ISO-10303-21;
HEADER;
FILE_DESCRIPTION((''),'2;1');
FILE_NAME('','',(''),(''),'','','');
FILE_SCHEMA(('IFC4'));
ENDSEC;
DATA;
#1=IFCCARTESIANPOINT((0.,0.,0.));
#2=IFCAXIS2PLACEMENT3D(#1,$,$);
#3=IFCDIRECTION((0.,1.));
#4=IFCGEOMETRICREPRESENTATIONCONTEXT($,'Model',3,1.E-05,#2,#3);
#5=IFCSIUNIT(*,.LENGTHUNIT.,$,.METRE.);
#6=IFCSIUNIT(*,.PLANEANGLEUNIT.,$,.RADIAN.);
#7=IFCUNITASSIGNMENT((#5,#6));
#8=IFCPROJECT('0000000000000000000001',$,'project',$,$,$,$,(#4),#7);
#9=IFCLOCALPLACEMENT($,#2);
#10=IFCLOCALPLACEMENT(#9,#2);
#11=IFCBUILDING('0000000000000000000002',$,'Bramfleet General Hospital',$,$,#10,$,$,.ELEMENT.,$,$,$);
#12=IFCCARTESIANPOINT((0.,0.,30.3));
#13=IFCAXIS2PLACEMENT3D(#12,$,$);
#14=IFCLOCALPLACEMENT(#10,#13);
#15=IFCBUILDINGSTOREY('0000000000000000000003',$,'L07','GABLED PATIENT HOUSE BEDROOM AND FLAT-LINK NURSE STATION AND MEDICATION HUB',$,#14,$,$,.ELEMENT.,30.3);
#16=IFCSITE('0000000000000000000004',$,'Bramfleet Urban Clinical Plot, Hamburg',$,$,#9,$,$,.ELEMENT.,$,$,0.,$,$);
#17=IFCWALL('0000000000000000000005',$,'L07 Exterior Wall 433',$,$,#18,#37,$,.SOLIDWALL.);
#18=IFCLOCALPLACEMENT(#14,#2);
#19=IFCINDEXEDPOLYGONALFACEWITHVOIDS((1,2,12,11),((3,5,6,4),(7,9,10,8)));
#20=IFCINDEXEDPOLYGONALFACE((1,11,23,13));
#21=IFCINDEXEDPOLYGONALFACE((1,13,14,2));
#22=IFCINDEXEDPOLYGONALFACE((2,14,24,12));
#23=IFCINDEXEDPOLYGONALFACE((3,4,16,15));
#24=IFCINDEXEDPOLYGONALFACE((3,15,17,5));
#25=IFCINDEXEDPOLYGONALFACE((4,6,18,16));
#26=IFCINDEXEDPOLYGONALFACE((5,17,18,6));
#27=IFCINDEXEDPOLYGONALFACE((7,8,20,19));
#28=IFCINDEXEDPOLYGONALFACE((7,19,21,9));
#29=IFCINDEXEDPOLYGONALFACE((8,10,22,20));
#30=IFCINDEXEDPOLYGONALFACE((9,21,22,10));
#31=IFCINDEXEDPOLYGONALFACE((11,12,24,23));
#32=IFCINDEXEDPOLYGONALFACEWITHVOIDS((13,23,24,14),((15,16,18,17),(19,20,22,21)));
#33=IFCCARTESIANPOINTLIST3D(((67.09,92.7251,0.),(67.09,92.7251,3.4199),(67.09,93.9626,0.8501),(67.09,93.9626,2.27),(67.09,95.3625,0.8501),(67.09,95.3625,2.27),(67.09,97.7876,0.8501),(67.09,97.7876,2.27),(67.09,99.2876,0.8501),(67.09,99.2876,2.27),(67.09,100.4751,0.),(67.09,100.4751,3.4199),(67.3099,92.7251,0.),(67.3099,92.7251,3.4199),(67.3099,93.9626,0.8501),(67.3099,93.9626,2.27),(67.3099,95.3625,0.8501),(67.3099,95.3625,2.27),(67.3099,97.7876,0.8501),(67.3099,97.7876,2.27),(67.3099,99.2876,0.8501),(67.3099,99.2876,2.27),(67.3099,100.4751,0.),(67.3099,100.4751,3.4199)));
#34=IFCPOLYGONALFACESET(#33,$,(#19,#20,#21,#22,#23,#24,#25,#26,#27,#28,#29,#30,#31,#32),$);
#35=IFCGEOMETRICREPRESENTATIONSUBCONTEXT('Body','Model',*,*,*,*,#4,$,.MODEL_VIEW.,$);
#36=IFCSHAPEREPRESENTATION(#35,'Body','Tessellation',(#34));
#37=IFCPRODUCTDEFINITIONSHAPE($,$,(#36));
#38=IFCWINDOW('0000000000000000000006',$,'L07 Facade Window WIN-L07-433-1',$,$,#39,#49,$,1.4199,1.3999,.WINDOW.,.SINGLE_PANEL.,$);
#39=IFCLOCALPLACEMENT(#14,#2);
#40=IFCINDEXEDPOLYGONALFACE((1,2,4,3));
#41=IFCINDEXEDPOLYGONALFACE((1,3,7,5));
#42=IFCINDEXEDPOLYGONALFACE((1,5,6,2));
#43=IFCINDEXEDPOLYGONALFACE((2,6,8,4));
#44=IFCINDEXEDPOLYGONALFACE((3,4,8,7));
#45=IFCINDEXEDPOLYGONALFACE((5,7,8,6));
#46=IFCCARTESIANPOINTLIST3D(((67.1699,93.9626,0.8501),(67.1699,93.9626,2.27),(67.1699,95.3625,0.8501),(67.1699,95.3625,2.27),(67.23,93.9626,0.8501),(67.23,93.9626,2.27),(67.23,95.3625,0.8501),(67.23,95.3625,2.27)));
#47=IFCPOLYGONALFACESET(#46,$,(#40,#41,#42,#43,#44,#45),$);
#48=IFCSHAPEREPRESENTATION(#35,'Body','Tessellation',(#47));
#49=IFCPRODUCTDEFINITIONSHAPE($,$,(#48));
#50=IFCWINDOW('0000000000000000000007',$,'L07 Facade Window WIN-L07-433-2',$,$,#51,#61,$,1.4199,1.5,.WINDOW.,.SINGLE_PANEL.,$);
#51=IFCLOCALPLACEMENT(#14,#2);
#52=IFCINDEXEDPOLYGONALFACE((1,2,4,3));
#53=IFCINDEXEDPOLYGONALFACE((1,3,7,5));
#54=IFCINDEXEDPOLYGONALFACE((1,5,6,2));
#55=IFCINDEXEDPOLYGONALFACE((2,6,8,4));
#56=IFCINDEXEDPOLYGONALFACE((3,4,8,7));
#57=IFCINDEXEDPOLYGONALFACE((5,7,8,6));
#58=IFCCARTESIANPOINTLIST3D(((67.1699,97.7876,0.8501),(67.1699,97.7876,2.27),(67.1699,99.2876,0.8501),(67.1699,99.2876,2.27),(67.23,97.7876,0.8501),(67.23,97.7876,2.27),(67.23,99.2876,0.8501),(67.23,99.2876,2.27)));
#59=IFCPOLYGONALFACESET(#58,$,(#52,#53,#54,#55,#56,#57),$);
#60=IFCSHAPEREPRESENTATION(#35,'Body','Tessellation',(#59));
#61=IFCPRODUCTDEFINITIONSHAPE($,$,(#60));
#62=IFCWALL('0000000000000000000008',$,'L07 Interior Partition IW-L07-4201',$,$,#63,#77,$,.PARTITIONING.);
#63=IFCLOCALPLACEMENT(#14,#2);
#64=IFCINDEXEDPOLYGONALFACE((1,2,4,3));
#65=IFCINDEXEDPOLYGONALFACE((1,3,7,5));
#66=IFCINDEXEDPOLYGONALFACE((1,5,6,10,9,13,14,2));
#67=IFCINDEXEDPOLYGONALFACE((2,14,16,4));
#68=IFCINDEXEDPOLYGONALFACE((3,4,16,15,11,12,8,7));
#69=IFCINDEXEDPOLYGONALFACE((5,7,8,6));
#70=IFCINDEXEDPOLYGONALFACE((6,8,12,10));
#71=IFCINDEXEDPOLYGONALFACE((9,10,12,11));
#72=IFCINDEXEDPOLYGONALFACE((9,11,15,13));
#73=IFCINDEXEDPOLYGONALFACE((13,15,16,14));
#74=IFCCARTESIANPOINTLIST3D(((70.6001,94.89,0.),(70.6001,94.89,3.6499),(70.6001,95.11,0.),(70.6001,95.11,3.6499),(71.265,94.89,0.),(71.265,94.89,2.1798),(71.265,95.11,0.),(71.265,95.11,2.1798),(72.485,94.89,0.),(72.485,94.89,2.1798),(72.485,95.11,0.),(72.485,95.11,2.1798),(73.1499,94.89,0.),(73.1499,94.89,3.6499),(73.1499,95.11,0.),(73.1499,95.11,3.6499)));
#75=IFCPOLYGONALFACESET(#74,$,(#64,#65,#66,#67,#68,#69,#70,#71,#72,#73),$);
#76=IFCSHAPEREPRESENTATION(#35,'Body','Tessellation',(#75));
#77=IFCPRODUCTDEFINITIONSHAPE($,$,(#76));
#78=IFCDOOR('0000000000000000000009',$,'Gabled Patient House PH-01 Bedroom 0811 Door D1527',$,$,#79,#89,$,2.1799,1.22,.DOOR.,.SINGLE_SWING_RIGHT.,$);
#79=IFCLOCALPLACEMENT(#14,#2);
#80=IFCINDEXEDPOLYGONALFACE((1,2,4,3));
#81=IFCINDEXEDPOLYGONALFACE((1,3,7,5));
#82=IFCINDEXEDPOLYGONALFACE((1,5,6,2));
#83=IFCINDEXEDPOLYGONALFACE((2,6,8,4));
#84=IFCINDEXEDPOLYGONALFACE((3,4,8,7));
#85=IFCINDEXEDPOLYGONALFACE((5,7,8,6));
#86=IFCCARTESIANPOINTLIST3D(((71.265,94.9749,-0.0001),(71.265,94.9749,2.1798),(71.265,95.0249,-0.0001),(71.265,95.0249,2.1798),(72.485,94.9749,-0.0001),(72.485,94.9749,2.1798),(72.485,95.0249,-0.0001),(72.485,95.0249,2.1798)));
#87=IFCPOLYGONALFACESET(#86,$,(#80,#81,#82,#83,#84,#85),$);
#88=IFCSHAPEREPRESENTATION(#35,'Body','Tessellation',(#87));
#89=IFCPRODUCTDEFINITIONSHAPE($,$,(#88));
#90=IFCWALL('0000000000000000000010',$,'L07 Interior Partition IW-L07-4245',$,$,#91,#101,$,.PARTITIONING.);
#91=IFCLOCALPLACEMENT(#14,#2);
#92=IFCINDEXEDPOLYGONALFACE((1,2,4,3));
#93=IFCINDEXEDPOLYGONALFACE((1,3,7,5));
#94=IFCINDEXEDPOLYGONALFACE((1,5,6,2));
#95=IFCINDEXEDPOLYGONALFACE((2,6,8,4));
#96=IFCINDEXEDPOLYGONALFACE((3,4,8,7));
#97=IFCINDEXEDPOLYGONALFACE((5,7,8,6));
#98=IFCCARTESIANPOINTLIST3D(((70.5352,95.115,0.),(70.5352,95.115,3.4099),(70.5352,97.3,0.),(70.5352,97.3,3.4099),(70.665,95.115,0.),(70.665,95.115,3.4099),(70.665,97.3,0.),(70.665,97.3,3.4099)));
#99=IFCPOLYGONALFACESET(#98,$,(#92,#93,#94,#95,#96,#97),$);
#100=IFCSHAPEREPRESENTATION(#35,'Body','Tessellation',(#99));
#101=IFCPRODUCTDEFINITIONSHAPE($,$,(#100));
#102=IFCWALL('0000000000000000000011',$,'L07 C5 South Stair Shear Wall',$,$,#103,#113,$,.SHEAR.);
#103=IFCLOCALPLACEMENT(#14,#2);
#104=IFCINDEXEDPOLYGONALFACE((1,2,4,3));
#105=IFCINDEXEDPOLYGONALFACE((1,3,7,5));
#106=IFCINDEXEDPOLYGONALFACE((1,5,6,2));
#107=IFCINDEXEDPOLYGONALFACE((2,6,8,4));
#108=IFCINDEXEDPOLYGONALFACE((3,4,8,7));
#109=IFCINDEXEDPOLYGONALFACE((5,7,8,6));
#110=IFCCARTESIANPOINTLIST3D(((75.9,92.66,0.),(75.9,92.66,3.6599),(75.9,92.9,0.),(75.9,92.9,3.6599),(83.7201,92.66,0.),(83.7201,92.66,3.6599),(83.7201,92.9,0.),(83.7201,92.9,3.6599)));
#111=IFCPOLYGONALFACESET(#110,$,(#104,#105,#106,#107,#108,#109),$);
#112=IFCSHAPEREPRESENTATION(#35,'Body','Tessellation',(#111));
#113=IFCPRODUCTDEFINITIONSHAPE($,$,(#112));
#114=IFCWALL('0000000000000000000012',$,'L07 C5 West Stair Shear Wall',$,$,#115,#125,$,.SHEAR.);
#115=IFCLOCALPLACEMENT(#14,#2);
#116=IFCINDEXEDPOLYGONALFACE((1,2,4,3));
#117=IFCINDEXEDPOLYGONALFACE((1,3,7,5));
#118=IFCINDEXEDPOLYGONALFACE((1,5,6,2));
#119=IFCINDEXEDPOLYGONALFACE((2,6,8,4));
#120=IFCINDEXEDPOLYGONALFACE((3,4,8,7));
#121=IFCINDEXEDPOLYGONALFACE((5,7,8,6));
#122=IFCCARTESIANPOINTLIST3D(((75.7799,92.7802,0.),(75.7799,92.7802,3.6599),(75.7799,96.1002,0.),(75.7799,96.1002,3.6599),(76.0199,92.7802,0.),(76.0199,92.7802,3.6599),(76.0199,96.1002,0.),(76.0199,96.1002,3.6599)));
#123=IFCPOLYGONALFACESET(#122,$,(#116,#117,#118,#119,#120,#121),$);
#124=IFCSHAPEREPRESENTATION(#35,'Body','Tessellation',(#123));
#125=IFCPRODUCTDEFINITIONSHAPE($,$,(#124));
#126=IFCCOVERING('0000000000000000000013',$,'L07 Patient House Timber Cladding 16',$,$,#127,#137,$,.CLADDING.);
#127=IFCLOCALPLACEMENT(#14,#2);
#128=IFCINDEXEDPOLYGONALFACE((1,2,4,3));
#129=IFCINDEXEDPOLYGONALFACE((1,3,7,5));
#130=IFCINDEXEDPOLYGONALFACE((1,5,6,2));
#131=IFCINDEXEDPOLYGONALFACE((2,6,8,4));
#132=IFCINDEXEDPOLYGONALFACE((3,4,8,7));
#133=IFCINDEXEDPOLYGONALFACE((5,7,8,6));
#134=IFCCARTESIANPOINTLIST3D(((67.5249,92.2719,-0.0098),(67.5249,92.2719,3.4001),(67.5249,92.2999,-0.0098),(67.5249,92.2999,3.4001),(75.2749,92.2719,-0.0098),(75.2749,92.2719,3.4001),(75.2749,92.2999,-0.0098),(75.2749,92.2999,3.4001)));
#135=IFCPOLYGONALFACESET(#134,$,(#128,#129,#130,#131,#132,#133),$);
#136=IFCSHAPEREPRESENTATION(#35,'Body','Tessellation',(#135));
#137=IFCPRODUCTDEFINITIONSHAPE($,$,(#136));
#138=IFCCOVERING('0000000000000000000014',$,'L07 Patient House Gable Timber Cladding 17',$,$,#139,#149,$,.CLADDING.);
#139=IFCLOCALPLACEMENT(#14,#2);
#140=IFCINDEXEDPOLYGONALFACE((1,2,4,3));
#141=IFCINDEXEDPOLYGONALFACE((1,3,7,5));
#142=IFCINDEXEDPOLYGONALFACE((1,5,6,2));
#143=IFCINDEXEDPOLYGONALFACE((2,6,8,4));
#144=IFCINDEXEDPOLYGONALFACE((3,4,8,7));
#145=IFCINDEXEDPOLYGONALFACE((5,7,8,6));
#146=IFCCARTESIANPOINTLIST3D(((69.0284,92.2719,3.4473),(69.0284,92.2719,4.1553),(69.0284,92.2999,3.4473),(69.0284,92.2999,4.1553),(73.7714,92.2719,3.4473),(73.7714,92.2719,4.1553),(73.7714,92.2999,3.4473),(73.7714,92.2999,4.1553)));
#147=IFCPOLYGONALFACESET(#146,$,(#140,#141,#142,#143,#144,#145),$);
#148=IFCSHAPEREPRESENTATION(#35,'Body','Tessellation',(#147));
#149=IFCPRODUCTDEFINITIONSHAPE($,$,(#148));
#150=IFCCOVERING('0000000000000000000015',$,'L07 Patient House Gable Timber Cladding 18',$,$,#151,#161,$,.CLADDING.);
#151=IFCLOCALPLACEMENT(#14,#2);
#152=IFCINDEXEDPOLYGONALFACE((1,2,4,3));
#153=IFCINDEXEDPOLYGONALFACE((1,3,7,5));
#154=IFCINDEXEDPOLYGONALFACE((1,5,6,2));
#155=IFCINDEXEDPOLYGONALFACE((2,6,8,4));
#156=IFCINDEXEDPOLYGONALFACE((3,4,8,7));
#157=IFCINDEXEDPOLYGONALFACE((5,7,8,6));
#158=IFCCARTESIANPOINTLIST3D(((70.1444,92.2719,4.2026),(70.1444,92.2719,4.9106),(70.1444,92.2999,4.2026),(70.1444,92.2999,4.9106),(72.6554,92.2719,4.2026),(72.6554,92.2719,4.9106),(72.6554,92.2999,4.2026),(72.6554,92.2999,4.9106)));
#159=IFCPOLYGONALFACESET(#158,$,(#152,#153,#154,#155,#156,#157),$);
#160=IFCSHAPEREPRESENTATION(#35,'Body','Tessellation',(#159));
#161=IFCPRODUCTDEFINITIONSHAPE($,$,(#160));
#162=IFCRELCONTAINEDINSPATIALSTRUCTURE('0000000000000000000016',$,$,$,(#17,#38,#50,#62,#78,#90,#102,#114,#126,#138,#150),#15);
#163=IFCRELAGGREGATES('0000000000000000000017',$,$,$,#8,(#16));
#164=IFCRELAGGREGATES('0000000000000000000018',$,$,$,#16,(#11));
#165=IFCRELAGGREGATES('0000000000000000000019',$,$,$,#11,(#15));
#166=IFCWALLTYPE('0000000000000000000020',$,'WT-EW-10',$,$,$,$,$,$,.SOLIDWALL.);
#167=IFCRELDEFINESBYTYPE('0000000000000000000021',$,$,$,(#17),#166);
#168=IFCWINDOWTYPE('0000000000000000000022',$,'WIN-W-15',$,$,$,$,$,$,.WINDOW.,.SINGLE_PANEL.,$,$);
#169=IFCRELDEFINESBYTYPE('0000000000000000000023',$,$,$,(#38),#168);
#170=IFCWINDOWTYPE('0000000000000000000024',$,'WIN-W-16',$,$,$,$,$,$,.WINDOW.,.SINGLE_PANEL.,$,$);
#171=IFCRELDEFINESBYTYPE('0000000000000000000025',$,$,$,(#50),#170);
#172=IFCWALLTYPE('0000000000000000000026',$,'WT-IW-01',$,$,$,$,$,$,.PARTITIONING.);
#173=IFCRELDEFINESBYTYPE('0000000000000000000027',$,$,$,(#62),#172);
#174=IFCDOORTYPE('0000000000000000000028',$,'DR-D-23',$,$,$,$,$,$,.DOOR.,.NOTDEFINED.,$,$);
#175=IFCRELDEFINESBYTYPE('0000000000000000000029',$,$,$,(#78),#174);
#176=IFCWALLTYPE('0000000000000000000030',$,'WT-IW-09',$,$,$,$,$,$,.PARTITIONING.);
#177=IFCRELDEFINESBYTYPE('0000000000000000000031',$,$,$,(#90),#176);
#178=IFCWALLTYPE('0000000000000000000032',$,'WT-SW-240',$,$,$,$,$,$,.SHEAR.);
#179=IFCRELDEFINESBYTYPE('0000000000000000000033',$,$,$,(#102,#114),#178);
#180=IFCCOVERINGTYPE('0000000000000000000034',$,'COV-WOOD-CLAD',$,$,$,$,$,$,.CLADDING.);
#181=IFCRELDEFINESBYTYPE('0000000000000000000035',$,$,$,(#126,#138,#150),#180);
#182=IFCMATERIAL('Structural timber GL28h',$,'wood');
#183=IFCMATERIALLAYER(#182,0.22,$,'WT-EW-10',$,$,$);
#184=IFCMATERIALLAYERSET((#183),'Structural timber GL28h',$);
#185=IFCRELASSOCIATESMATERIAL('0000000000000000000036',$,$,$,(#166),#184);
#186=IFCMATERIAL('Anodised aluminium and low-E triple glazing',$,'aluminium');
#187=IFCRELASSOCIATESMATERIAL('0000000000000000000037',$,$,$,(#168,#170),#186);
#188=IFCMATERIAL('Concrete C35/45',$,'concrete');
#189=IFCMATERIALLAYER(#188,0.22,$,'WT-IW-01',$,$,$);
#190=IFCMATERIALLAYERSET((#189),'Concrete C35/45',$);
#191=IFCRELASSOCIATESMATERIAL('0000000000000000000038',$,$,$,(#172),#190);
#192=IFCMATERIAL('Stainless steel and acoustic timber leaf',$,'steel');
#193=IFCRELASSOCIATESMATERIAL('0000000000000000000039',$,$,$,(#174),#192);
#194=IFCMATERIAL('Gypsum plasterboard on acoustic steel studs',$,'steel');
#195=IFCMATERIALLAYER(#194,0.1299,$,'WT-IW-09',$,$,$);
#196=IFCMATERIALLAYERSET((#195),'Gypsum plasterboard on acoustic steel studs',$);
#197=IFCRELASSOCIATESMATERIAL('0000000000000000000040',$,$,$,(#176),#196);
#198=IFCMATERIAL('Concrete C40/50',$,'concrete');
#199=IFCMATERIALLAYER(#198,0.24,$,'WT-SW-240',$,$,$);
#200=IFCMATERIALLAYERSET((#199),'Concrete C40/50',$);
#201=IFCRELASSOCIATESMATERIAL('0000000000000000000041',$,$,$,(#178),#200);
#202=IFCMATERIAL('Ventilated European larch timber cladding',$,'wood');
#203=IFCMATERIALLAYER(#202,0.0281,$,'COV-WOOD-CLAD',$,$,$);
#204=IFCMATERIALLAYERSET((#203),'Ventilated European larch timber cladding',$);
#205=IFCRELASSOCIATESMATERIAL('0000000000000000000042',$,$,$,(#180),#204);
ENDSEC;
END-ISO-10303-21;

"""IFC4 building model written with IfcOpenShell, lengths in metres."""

from ifc_helpers import new_model, si_unit, direction, frame, frame_2d, origin, origin_2d, place, context, subcontext, project, spatial, rectangle, extrude, material, layer, layer_set, type_object, element, fill, save


model = new_model("IFC4")

# Units and contexts
model_context = context("Model", 3, precision=1e-05, world=origin(), true_north=direction((0.0, 1.0)))
body_context = subcontext(model_context, "Body", "Model", "MODEL_VIEW")
ifc_project = project(units=[si_unit("LENGTHUNIT", "METRE"), si_unit("PLANEANGLEUNIT", "RADIAN")], contexts=[model_context])

# Site, building, storey
site_placement = place(None, origin())
site = spatial("IfcSite", under=ifc_project, at=site_placement, Name="Bramfleet Urban Clinical Plot, Hamburg", CompositionType="ELEMENT", RefElevation=0.0)
building_placement = place(site_placement, origin())
building = spatial("IfcBuilding", under=site, at=building_placement, Name="Bramfleet General Hospital", CompositionType="ELEMENT")
storey_placement = place(building_placement, frame((0.0, 0.0, 30.3)))
storey = spatial("IfcBuildingStorey", under=building, at=storey_placement, Name="L07", Description="GABLED PATIENT HOUSE BEDROOM AND FLAT-LINK NURSE STATION AND MEDICATION HUB", CompositionType="ELEMENT", Elevation=30.3)

# Shared definitions
ifc_material_1 = material(Name="Concrete C40/50", Category="concrete")

# Shared definitions
ifc_material_2 = material(Name="Anodised aluminium and low-E triple glazing", Category="aluminium")

# Wall, openings, windows
ifc_material_3 = material(Name="Structural timber GL28h", Category="wood")
ifc_layer_1 = layer(ifc_material_3, 0.22, Name="WT-EW-10")
ifc_layer_set_1 = layer_set([ifc_layer_1], Name="Structural timber GL28h")
wall_type_1 = type_object("IfcWallType", Name="WT-EW-10", PredefinedType="SOLIDWALL", material=ifc_layer_set_1)
wall_1_placement = place(storey_placement, frame((67.2, 92.7251, 0.0), z_axis=(0.0, 0.0, 1.0), x_axis=(0.0, 1.0, 0.0)))
wall_1 = element("IfcWall", 1, at=wall_1_placement, inside=storey, type_object=wall_type_1, Name="L07 Exterior Wall 433", PredefinedType="SOLIDWALL", context=body_context, shape_type="SweptSolid", body=[
    extrude(rectangle(XDim=7.75, YDim=0.22, at=frame_2d((3.875, 0.0))), origin(), (0.0, 0.0, 1.0), 3.4199),
])
opening_1_placement = place(wall_1_placement, frame((1.2375, 0.0, 0.8501)))
opening_1 = element("IfcOpeningElement", 2, at=opening_1_placement, cuts=wall_1, PredefinedType="OPENING", context=body_context, shape_type="SweptSolid", body=[
    extrude(rectangle(XDim=1.3999, YDim=1.4199, at=frame_2d((0.7, 0.71))), frame((0.0, 0.1199, 0.0), z_axis=(0.0, -1.0, 0.0), x_axis=(1.0, 0.0, 0.0)), (0.0, 0.0, 1.0), 0.24),
])
opening_2_placement = place(wall_1_placement, frame((5.0625, 0.0, 0.8501)))
opening_2 = element("IfcOpeningElement", 3, at=opening_2_placement, cuts=wall_1, PredefinedType="OPENING", context=body_context, shape_type="SweptSolid", body=[
    extrude(rectangle(XDim=1.5, YDim=1.4199, at=frame_2d((0.75, 0.71))), frame((0.0, 0.1199, 0.0), z_axis=(0.0, -1.0, 0.0), x_axis=(1.0, 0.0, 0.0)), (0.0, 0.0, 1.0), 0.24),
])
window_type_1 = type_object("IfcWindowType", Name="WIN-W-15", PartitioningType="SINGLE_PANEL", PredefinedType="WINDOW", material=ifc_material_2)
window_1_placement = place(opening_1_placement, origin())
window_1 = element("IfcWindow", 4, at=window_1_placement, inside=storey, type_object=window_type_1, Name="L07 Facade Window WIN-L07-433-1", OverallHeight=1.4199, OverallWidth=1.3999, PartitioningType="SINGLE_PANEL", PredefinedType="WINDOW", context=body_context, shape_type="SweptSolid", body=[
    extrude(rectangle(XDim=1.3999, YDim=1.4199, at=frame_2d((0.7, 0.71))), frame((0.0, 0.03, 0.0), z_axis=(0.0, -1.0, 0.0), x_axis=(1.0, 0.0, 0.0)), (0.0, 0.0, 1.0), 0.0601),
])
fill(opening_1, window_1)
window_type_2 = type_object("IfcWindowType", Name="WIN-W-16", PartitioningType="SINGLE_PANEL", PredefinedType="WINDOW", material=ifc_material_2)
window_2_placement = place(opening_2_placement, origin())
window_2 = element("IfcWindow", 5, at=window_2_placement, inside=storey, type_object=window_type_2, Name="L07 Facade Window WIN-L07-433-2", OverallHeight=1.4199, OverallWidth=1.5, PartitioningType="SINGLE_PANEL", PredefinedType="WINDOW", context=body_context, shape_type="SweptSolid", body=[
    extrude(rectangle(XDim=1.5, YDim=1.4199, at=frame_2d((0.75, 0.71))), frame((0.0, 0.03, 0.0), z_axis=(0.0, -1.0, 0.0), x_axis=(1.0, 0.0, 0.0)), (0.0, 0.0, 1.0), 0.0601),
])
fill(opening_2, window_2)

# Wall, opening, door
ifc_material_4 = material(Name="Concrete C35/45", Category="concrete")
ifc_layer_2 = layer(ifc_material_4, 0.22, Name="WT-IW-01")
ifc_layer_set_2 = layer_set([ifc_layer_2], Name="Concrete C35/45")
wall_type_2 = type_object("IfcWallType", Name="WT-IW-01", PredefinedType="PARTITIONING", material=ifc_layer_set_2)
wall_2_placement = place(storey_placement, frame((70.6001, 95.0, 0.0), z_axis=(0.0, 0.0, 1.0), x_axis=(1.0, 0.0, 0.0)))
wall_2 = element("IfcWall", 6, at=wall_2_placement, inside=storey, type_object=wall_type_2, Name="L07 Interior Partition IW-L07-4201", PredefinedType="PARTITIONING", context=body_context, shape_type="SweptSolid", body=[
    extrude(rectangle(XDim=2.5498, YDim=0.22, at=frame_2d((1.2749, 0.0))), origin(), (0.0, 0.0, 1.0), 3.6499),
])
opening_3_placement = place(wall_2_placement, frame((0.665, 0.0, 0.0)))
opening_3 = element("IfcOpeningElement", 7, at=opening_3_placement, cuts=wall_2, PredefinedType="OPENING", context=body_context, shape_type="SweptSolid", body=[
    extrude(rectangle(XDim=1.22, YDim=2.1799, at=frame_2d((0.6099, 1.0898))), frame((0.0, 0.1199, 0.0), z_axis=(0.0, -1.0, 0.0), x_axis=(1.0, 0.0, 0.0)), (0.0, 0.0, 1.0), 0.24),
])
ifc_material_5 = material(Name="Stainless steel and acoustic timber leaf", Category="steel")
door_type = type_object("IfcDoorType", Name="DR-D-23", OperationType="NOTDEFINED", PredefinedType="DOOR", material=ifc_material_5)
door_placement = place(opening_3_placement, origin())
door = element("IfcDoor", 8, at=door_placement, inside=storey, type_object=door_type, Name="Gabled Patient House PH-01 Bedroom 0811 Door D1527", OperationType="SINGLE_SWING_RIGHT", OverallHeight=2.1799, OverallWidth=1.22, PredefinedType="DOOR", context=body_context, shape_type="SweptSolid", body=[
    extrude(rectangle(XDim=1.22, YDim=2.1799, at=frame_2d((0.6099, 1.0898))), frame((0.0, 0.0249, 0.0), z_axis=(0.0, -1.0, 0.0), x_axis=(1.0, 0.0, 0.0)), (0.0, 0.0, 1.0), 0.05),
])
fill(opening_3, door)

# Walls
ifc_material_6 = material(Name="Gypsum plasterboard on acoustic steel studs", Category="steel")
ifc_layer_3 = layer(ifc_material_6, 0.1299, Name="WT-IW-09")
ifc_layer_set_3 = layer_set([ifc_layer_3], Name="Gypsum plasterboard on acoustic steel studs")
wall_type_3 = type_object("IfcWallType", Name="WT-IW-09", PredefinedType="PARTITIONING", material=ifc_layer_set_3)
wall_3_placement = place(storey_placement, frame((70.6001, 95.115, 0.0), z_axis=(0.0, 0.0, 1.0), x_axis=(0.0, 1.0, 0.0)))
element("IfcWall", 9, at=wall_3_placement, inside=storey, type_object=wall_type_3, Name="L07 Interior Partition IW-L07-4245", PredefinedType="PARTITIONING", context=body_context, shape_type="SweptSolid", body=[
    extrude(rectangle(XDim=2.1851, YDim=0.1299, at=frame_2d((1.0925, 0.0))), origin(), (0.0, 0.0, 1.0), 3.4099),
])
ifc_layer_4 = layer(ifc_material_1, 0.24, Name="WT-SW-240")
ifc_layer_set_4 = layer_set([ifc_layer_4], Name="Concrete C40/50")
wall_type_4 = type_object("IfcWallType", Name="WT-SW-240", PredefinedType="SHEAR", material=ifc_layer_set_4)
wall_4_placement = place(storey_placement, frame((75.8999, 92.78, 0.0), z_axis=(0.0, 0.0, 1.0), x_axis=(1.0, 0.0, 0.0)))
element("IfcWall", 10, at=wall_4_placement, inside=storey, type_object=wall_type_4, Name="L07 C5 South Stair Shear Wall", PredefinedType="SHEAR", context=body_context, shape_type="SweptSolid", body=[
    extrude(rectangle(XDim=7.8201, YDim=0.24, at=frame_2d((3.9102, 0.0))), origin(), (0.0, 0.0, 1.0), 3.6599),
])
wall_5_placement = place(storey_placement, frame((75.8999, 92.78, 0.0), z_axis=(0.0, 0.0, 1.0), x_axis=(0.0, 1.0, 0.0)))
element("IfcWall", 11, at=wall_5_placement, inside=storey, type_object=wall_type_4, Name="L07 C5 West Stair Shear Wall", PredefinedType="SHEAR", context=body_context, shape_type="SweptSolid", body=[
    extrude(rectangle(XDim=3.3201, YDim=0.24, at=frame_2d((1.6602, 0.0))), origin(), (0.0, 0.0, 1.0), 3.6599),
])

# Coverings
ifc_material_7 = material(Name="Ventilated European larch timber cladding", Category="wood")
ifc_layer_5 = layer(ifc_material_7, 0.0281, Name="COV-WOOD-CLAD")
ifc_layer_set_5 = layer_set([ifc_layer_5], Name="Ventilated European larch timber cladding")
covering_type = type_object("IfcCoveringType", Name="COV-WOOD-CLAD", PredefinedType="CLADDING", material=ifc_layer_set_5)
covering_1_placement = place(storey_placement, frame((71.3999, 92.2859, -0.0098), z_axis=(0.0, 0.0, 1.0), x_axis=(-1.0, 0.0, 0.0)))
element("IfcCovering", 12, at=covering_1_placement, inside=storey, type_object=covering_type, Name="L07 Patient House Timber Cladding 16", PredefinedType="CLADDING", context=body_context, shape_type="SweptSolid", body=[
    extrude(rectangle(XDim=7.75, YDim=0.0281, at=origin_2d()), origin(), (0.0, 0.0, 1.0), 3.4099),
])
covering_2_placement = place(storey_placement, frame((71.3999, 92.2859, 3.4473), z_axis=(0.0, 0.0, 1.0), x_axis=(-1.0, 0.0, 0.0)))
element("IfcCovering", 13, at=covering_2_placement, inside=storey, type_object=covering_type, Name="L07 Patient House Gable Timber Cladding 17", PredefinedType="CLADDING", context=body_context, shape_type="SweptSolid", body=[
    extrude(rectangle(XDim=4.7429, YDim=0.0281, at=origin_2d()), origin(), (0.0, 0.0, 1.0), 0.708),
])
covering_3_placement = place(storey_placement, frame((71.3999, 92.2859, 4.2026), z_axis=(0.0, 0.0, 1.0), x_axis=(-1.0, 0.0, 0.0)))
element("IfcCovering", 14, at=covering_3_placement, inside=storey, type_object=covering_type, Name="L07 Patient House Gable Timber Cladding 18", PredefinedType="CLADDING", context=body_context, shape_type="SweptSolid", body=[
    extrude(rectangle(XDim=2.511, YDim=0.0281, at=origin_2d()), origin(), (0.0, 0.0, 1.0), 0.708),
])

save(model, "model.ifc")
